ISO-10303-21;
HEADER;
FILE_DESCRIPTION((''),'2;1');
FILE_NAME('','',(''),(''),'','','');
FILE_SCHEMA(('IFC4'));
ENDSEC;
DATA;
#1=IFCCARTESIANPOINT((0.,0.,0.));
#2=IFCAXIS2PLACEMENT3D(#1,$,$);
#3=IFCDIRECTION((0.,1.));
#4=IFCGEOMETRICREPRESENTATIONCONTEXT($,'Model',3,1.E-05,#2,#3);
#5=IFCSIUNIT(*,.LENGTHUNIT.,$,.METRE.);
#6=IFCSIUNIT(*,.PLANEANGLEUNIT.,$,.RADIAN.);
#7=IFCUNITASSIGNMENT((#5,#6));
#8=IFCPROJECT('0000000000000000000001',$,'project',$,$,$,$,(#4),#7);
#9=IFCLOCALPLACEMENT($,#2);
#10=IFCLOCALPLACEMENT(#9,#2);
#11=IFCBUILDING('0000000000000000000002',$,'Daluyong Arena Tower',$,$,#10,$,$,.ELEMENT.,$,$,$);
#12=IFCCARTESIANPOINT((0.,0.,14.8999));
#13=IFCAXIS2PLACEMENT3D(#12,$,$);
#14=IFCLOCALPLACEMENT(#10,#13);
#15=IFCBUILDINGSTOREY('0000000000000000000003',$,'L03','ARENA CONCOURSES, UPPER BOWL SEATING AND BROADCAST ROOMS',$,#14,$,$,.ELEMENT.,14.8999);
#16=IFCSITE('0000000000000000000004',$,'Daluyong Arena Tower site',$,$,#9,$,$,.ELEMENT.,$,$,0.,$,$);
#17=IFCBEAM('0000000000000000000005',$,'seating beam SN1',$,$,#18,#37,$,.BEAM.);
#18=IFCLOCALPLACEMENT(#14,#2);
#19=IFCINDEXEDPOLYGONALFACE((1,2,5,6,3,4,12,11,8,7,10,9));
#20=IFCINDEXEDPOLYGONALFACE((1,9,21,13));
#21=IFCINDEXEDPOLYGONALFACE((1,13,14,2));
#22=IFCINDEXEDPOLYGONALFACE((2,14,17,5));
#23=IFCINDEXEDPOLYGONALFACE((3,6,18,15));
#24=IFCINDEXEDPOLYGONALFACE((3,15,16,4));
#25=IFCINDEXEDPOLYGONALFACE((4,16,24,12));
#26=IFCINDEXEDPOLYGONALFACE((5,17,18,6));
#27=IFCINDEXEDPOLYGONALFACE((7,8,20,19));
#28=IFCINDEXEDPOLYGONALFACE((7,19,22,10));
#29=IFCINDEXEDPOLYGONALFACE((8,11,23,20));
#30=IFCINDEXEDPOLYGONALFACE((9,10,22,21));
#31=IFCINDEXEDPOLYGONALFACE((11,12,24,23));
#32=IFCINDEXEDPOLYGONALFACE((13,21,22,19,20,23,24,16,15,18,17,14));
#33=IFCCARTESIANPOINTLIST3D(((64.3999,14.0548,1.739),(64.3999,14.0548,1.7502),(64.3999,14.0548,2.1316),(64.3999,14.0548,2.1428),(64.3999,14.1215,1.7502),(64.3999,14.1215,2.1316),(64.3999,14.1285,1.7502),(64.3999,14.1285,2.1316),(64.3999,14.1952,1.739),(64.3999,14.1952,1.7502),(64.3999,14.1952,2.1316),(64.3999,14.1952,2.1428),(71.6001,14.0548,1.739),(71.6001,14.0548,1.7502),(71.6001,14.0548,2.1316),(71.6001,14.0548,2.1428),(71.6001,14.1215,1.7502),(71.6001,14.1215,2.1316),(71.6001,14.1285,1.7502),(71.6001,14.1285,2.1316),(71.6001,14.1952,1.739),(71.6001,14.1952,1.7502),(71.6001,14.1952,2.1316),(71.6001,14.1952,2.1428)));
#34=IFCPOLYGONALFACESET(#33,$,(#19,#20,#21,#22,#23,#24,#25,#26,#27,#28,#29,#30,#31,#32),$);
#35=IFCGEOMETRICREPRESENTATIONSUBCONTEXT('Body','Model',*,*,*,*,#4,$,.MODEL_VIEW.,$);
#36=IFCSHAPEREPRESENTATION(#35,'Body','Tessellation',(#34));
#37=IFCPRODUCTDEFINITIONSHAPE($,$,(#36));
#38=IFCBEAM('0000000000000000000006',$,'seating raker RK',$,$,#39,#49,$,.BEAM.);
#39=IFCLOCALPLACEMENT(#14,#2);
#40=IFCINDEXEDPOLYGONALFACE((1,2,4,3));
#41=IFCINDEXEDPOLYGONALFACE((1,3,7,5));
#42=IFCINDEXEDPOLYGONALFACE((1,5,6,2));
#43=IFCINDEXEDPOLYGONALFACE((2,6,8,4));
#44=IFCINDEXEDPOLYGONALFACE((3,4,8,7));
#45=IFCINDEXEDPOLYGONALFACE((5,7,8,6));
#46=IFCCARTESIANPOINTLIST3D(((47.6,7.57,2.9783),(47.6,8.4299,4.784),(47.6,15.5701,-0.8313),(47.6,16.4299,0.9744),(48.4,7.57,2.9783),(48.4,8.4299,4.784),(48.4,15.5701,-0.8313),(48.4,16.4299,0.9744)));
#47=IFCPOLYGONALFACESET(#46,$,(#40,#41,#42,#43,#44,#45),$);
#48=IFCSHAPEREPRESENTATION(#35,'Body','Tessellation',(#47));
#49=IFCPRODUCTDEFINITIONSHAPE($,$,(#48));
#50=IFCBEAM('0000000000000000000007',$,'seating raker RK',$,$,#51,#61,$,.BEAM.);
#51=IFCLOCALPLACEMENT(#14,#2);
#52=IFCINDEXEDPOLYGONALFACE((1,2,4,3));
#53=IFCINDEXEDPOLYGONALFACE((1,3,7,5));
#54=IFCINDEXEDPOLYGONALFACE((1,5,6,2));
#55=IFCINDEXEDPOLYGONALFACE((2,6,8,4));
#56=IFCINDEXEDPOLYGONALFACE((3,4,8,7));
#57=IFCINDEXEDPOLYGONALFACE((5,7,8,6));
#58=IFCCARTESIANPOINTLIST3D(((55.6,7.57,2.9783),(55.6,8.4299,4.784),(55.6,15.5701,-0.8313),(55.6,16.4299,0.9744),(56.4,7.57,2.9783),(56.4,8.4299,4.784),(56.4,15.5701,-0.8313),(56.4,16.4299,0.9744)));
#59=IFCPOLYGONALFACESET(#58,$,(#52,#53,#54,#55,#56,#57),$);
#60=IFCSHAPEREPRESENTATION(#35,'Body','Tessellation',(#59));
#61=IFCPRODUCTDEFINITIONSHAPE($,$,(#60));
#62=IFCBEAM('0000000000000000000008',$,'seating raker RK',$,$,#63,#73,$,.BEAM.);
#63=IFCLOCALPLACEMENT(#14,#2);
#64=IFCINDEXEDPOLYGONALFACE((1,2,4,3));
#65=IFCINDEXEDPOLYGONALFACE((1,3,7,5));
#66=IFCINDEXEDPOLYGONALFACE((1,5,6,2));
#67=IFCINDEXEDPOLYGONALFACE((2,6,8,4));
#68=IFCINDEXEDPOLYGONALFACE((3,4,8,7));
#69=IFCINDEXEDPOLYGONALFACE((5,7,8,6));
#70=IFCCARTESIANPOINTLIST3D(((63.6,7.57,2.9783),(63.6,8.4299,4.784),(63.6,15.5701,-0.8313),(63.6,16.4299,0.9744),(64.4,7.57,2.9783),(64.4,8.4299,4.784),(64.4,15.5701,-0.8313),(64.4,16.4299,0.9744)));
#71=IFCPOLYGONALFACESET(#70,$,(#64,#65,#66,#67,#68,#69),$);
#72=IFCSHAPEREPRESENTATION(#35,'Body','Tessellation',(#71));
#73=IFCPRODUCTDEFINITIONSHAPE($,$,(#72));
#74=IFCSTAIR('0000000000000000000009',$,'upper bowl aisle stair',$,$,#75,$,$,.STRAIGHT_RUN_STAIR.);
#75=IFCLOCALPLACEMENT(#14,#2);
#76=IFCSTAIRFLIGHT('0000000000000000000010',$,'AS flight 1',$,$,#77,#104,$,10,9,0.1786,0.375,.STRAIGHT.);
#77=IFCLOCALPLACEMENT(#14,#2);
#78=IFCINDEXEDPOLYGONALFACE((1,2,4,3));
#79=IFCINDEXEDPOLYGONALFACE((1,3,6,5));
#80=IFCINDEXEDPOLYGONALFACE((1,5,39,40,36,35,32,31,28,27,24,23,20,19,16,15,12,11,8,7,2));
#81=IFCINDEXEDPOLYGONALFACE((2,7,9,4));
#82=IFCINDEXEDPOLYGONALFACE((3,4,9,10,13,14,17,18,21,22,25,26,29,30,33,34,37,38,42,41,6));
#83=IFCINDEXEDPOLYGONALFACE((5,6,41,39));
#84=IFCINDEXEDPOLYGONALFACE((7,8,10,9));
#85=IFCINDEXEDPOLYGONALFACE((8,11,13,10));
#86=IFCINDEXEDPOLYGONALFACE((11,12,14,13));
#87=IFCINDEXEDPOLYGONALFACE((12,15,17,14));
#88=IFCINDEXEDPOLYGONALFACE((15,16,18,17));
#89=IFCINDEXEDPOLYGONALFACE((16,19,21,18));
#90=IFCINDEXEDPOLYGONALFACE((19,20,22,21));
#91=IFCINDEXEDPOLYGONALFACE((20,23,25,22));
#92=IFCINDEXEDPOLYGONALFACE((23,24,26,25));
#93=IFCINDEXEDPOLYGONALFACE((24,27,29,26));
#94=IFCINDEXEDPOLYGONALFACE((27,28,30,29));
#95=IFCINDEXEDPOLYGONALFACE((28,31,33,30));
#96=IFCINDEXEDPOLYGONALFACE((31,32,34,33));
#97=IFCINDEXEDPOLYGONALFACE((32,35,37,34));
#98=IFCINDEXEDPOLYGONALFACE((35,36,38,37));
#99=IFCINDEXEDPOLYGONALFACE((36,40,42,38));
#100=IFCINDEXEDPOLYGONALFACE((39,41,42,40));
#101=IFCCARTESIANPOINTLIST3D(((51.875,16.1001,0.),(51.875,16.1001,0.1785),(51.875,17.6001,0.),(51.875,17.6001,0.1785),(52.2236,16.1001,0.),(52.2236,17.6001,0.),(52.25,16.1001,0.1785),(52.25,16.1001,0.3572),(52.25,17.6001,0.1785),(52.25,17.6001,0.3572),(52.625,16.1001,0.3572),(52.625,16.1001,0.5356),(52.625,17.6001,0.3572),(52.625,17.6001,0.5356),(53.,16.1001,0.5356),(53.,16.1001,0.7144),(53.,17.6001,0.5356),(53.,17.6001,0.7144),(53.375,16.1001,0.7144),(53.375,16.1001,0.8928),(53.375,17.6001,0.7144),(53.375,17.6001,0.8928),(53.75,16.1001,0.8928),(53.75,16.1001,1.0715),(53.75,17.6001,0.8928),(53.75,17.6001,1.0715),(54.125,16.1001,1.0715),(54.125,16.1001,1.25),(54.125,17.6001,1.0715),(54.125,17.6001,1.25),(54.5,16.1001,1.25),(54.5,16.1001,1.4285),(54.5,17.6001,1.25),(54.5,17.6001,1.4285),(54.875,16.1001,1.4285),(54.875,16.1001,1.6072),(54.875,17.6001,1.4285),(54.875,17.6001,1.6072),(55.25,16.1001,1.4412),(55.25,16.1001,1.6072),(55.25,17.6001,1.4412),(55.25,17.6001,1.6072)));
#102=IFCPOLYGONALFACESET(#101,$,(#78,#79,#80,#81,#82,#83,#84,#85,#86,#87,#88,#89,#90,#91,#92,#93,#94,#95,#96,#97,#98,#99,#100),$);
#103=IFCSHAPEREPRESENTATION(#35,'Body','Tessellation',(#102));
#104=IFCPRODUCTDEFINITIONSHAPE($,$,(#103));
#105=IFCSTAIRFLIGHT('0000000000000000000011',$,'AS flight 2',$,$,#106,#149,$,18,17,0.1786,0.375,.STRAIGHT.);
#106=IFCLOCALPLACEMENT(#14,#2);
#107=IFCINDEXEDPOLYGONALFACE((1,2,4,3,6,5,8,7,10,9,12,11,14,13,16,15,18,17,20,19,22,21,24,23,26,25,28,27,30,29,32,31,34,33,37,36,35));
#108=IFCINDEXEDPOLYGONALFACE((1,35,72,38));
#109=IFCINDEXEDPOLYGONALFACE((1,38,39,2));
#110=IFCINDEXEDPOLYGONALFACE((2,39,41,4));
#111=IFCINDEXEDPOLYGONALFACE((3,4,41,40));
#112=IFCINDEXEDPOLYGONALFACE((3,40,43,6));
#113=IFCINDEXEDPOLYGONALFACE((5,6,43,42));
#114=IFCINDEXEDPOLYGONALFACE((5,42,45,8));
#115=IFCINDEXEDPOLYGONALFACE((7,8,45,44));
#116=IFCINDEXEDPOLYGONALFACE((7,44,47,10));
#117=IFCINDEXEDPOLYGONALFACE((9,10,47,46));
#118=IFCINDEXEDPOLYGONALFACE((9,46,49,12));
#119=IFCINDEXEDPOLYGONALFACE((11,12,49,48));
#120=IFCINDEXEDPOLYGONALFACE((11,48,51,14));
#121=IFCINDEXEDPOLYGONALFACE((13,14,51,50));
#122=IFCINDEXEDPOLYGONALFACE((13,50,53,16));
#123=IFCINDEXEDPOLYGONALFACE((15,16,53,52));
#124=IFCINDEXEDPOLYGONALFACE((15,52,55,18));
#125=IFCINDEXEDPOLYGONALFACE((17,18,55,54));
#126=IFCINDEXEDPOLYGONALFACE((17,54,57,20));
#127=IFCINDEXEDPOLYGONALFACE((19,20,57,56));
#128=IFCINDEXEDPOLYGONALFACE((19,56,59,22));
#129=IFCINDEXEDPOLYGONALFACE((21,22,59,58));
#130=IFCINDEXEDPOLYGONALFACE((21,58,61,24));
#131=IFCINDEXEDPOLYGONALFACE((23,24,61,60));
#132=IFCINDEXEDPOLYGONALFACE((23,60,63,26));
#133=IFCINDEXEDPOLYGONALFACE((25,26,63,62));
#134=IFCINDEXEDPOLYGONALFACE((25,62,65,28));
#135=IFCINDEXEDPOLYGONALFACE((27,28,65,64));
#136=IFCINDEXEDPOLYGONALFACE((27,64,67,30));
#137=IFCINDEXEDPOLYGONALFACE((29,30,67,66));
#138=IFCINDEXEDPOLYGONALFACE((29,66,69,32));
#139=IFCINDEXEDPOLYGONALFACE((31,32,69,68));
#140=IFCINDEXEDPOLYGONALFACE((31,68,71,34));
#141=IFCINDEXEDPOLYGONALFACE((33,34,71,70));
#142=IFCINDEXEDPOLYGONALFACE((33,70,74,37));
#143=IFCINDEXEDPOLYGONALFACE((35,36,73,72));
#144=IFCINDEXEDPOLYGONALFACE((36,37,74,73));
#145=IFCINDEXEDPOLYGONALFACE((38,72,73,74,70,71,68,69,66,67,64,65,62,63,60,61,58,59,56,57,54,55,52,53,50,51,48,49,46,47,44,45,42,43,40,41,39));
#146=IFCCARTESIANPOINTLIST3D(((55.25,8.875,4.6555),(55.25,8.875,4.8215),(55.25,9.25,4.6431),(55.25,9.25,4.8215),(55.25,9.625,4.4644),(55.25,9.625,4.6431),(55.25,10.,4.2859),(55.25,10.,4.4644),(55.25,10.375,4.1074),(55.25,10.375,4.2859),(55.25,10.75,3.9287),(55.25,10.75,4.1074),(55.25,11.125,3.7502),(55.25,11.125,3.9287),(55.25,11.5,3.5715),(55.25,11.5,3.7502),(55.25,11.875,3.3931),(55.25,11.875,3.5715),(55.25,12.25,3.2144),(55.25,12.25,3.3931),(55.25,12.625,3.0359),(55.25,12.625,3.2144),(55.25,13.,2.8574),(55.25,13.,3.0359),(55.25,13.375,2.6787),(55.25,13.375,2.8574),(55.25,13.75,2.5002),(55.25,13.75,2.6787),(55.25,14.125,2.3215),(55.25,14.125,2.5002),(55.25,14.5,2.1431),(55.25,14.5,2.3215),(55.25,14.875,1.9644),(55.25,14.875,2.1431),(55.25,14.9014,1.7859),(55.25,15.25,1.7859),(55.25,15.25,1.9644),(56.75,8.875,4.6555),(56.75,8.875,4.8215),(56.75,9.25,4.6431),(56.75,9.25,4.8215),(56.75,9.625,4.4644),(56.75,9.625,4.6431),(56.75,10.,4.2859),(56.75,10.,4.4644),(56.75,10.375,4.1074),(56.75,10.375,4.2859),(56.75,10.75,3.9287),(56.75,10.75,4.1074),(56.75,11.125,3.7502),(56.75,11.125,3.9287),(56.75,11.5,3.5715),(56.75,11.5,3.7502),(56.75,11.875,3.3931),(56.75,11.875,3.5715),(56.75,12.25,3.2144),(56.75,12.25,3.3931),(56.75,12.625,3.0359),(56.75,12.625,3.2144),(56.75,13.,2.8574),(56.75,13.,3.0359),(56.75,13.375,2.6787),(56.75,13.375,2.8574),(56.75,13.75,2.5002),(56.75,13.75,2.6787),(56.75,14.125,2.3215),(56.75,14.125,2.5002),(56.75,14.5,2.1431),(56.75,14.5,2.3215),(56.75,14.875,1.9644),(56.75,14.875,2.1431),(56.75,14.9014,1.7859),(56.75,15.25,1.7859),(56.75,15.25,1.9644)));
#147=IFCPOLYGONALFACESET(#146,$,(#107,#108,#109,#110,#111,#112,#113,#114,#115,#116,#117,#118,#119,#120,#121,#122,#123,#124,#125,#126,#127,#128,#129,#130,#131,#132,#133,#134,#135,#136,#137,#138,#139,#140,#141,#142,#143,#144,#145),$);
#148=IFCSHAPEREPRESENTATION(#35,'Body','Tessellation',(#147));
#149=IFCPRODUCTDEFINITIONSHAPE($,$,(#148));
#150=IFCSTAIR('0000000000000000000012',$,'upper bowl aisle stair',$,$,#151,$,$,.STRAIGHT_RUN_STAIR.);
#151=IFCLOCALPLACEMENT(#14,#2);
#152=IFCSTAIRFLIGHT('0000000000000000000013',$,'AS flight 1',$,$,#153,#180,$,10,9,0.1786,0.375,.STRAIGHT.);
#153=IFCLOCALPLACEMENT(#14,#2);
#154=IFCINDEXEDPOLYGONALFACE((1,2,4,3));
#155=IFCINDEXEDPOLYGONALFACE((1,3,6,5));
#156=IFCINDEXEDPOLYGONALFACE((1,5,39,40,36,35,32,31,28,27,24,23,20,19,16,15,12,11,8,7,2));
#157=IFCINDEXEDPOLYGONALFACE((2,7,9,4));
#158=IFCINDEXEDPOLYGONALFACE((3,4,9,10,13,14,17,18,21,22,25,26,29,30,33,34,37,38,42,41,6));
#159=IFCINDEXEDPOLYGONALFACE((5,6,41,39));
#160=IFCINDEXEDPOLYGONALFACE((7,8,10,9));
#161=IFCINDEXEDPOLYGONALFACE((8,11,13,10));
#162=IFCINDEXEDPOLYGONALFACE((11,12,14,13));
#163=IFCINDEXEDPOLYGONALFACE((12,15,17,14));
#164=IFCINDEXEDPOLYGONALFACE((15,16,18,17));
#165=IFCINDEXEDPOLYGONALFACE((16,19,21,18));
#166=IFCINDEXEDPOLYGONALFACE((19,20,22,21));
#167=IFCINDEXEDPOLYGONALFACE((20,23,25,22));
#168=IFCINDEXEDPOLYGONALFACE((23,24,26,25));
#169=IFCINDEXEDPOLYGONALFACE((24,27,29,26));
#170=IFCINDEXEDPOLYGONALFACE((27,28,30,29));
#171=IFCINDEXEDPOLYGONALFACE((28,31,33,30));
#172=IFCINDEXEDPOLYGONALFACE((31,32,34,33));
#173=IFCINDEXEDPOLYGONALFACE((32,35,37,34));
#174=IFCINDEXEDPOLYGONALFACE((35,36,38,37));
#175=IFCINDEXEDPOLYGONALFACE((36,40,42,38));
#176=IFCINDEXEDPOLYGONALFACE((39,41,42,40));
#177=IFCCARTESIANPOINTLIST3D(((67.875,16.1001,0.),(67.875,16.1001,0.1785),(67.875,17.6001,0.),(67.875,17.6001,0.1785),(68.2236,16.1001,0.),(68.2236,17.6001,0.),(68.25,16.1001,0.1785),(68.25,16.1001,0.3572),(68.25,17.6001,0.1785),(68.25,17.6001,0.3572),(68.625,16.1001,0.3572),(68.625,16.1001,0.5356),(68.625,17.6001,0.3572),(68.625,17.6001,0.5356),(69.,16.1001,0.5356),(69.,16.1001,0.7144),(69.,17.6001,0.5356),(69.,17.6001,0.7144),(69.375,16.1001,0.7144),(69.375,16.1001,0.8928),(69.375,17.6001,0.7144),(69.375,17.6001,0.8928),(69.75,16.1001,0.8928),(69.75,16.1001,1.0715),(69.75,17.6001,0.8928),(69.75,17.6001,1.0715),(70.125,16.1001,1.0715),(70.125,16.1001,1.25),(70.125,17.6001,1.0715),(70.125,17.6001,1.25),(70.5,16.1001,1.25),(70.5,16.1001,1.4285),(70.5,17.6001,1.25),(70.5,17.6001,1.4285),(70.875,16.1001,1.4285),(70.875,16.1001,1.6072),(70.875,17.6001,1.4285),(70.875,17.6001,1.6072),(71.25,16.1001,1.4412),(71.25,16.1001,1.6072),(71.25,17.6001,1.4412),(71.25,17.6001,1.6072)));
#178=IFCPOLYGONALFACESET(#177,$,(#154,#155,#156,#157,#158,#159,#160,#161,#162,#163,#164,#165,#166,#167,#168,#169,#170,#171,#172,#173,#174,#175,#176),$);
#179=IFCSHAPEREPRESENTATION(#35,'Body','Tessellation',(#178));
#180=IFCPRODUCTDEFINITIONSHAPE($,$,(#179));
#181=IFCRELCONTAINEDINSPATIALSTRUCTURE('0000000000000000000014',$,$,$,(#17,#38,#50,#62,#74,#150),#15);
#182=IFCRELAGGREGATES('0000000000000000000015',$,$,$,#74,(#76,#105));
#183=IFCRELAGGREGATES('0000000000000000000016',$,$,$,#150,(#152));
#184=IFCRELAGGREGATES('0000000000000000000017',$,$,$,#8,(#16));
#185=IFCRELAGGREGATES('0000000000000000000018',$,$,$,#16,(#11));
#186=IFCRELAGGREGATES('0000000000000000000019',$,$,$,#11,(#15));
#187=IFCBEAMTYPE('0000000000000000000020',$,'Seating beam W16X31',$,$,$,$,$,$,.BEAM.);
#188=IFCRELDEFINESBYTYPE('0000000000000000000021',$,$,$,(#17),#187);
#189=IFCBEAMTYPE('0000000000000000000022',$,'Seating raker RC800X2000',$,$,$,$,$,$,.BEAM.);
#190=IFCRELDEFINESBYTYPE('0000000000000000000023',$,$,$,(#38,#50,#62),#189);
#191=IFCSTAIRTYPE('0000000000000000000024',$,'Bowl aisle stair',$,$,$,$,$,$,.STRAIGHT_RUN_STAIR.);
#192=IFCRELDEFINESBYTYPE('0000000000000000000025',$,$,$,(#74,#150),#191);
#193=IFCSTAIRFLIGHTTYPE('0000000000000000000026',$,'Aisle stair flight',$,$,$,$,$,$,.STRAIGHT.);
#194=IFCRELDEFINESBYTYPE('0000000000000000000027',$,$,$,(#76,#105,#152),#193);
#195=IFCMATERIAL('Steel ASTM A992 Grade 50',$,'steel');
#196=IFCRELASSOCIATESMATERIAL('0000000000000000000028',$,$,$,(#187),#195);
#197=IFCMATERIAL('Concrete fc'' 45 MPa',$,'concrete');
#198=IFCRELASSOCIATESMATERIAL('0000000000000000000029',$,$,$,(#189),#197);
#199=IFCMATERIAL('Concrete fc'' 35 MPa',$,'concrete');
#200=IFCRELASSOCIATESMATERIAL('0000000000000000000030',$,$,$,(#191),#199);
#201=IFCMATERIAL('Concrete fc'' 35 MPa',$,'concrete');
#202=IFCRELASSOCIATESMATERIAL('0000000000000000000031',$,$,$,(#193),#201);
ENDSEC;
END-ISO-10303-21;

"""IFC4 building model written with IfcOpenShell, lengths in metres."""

from ifc_helpers import new_model, si_unit, direction, frame, origin, origin_2d, place, context, subcontext, project, spatial, polyline, rectangle, i_section, outline, extrude, material, material_profile, profile_set, type_object, element, aggregate, save


model = new_model("IFC4")

# Units and contexts
model_context = context("Model", 3, precision=1e-05, world=origin(), true_north=direction((0.0, 1.0)))
body_context = subcontext(model_context, "Body", "Model", "MODEL_VIEW")
ifc_project = project(units=[si_unit("LENGTHUNIT", "METRE"), si_unit("PLANEANGLEUNIT", "RADIAN")], contexts=[model_context])

# Site, building, storey
site_placement = place(None, origin())
site = spatial("IfcSite", under=ifc_project, at=site_placement, Name="Daluyong Arena Tower site", CompositionType="ELEMENT", RefElevation=0.0)
building_placement = place(site_placement, origin())
building = spatial("IfcBuilding", under=site, at=building_placement, Name="Daluyong Arena Tower", CompositionType="ELEMENT")
storey_placement = place(building_placement, frame((0.0, 0.0, 14.8999)))
storey = spatial("IfcBuildingStorey", under=building, at=storey_placement, Name="L03", Description="ARENA CONCOURSES, UPPER BOWL SEATING AND BROADCAST ROOMS", CompositionType="ELEMENT", Elevation=14.8999)

# Beams
ifc_material_1 = material(Name="Steel ASTM A992 Grade 50", Category="steel")
ifc_material_profile_1 = material_profile(ifc_material_1, i_section(OverallWidth=0.1404, OverallDepth=0.4038, WebThickness=0.0071, FlangeThickness=0.0112, at=origin_2d()))
ifc_profile_set_1 = profile_set([ifc_material_profile_1], Name="Steel ASTM A992 Grade 50")
beam_type_1 = type_object("IfcBeamType", Name="Seating beam W16X31", PredefinedType="BEAM", material=ifc_profile_set_1)
for number, where, z_axis, x_axis, name in (
    (1, (64.3999, 14.125, 1.9409), (1.0, 0.0, 0.0), (0.0, 1.0, 0.0), "seating beam SN1"),
):
    element("IfcBeam", number, at=place(storey_placement, frame(where, z_axis=z_axis, x_axis=x_axis)), inside=storey, type_object=beam_type_1, Name=name, PredefinedType="BEAM", context=body_context, shape_type="SweptSolid", body=[
        extrude(i_section(OverallWidth=0.1404, OverallDepth=0.4038, WebThickness=0.0071, FlangeThickness=0.0112, at=origin_2d()), origin(), (0.0, 0.0, 1.0), 7.2002),
    ])
ifc_material_2 = material(Name="Concrete fc' 45 MPa", Category="concrete")
ifc_material_profile_2 = material_profile(ifc_material_2, rectangle(XDim=0.8, YDim=2.0, at=origin_2d()))
ifc_profile_set_2 = profile_set([ifc_material_profile_2], Name="Concrete fc' 45 MPa")
beam_type_2 = type_object("IfcBeamType", Name="Seating raker RC800X2000", PredefinedType="BEAM", material=ifc_profile_set_2)
for number, where, z_axis, x_axis, name in (
    (2, (48.0, 16.0, 0.0715), (0.0, -0.902858, 0.429938), (1.0, 0.0, 0.0), "seating raker RK"),
    (3, (56.0, 16.0, 0.0715), (0.0, -0.902858, 0.429938), (1.0, 0.0, 0.0), "seating raker RK"),
    (4, (64.0, 16.0, 0.0715), (0.0, -0.902858, 0.429938), (1.0, 0.0, 0.0), "seating raker RK"),
):
    element("IfcBeam", number, at=place(storey_placement, frame(where, z_axis=z_axis, x_axis=x_axis)), inside=storey, type_object=beam_type_2, Name=name, PredefinedType="BEAM", context=body_context, shape_type="SweptSolid", body=[
        extrude(rectangle(XDim=0.8, YDim=2.0, at=origin_2d()), origin(), (0.0, 0.0, 1.0), 8.8608),
    ])

# Stairs, stair flights
ifc_material_3 = material(Name="Concrete fc' 35 MPa", Category="concrete")
stair_type = type_object("IfcStairType", Name="Bowl aisle stair", PredefinedType="STRAIGHT_RUN_STAIR", material=ifc_material_3)
stair_1_placement = place(storey_placement, origin())
stair_1 = element("IfcStair", 5, at=stair_1_placement, inside=storey, type_object=stair_type, Name="upper bowl aisle stair", PredefinedType="STRAIGHT_RUN_STAIR")
ifc_material_4 = material(Name="Concrete fc' 35 MPa", Category="concrete")
stair_flight_type = type_object("IfcStairFlightType", Name="Aisle stair flight", PredefinedType="STRAIGHT", material=ifc_material_4)
stair_flight_1_placement = place(storey_placement, frame((51.875, 16.8501, 0.0), z_axis=(0.0, 0.0, 1.0), x_axis=(1.0, 0.0, 0.0)))
stair_flight_1 = element("IfcStairFlight", 6, at=stair_flight_1_placement, type_object=stair_flight_type, Name="AS flight 1", NumberOfRisers=10, NumberOfTreads=9, PredefinedType="STRAIGHT", RiserHeight=0.1786, TreadLength=0.375, context=body_context, shape_type="SweptSolid", body=[
    extrude(outline(polyline([(0.0, 0.0), (0.0, 0.1785), (0.375, 0.1785), (0.375, 0.3572), (0.75, 0.3572), (0.75, 0.5356), (1.125, 0.5356), (1.125, 0.7144), (1.5, 0.7144), (1.5, 0.8928), (1.875, 0.8928), (1.875, 1.0715), (2.25, 1.0715), (2.25, 1.25), (2.625, 1.25), (2.625, 1.4285), (3.0, 1.4285), (3.0, 1.6072), (3.375, 1.6072), (3.375, 1.7856), (3.375, 1.4412), (0.3486, 0.0), (0.0, 0.0)])), frame((0.0, 0.75, 0.0), z_axis=(0.0, -1.0, 0.0), x_axis=(1.0, 0.0, 0.0)), (0.0, 0.0, 1.0), 1.5),
])
stair_flight_2_placement = place(storey_placement, frame((56.0, 15.25, 1.7859), z_axis=(0.0, 0.0, 1.0), x_axis=(0.0, -1.0, 0.0)))
stair_flight_2 = element("IfcStairFlight", 7, at=stair_flight_2_placement, type_object=stair_flight_type, Name="AS flight 2", NumberOfRisers=18, NumberOfTreads=17, PredefinedType="STRAIGHT", RiserHeight=0.1786, TreadLength=0.375, context=body_context, shape_type="SweptSolid", body=[
    extrude(outline(polyline([(0.0, 0.0), (0.0, 0.1785), (0.375, 0.1785), (0.375, 0.3572), (0.75, 0.3572), (0.75, 0.5356), (1.125, 0.5356), (1.125, 0.7144), (1.5, 0.7144), (1.5, 0.8928), (1.875, 0.8928), (1.875, 1.0715), (2.25, 1.0715), (2.25, 1.25), (2.625, 1.25), (2.625, 1.4285), (3.0, 1.4285), (3.0, 1.6072), (3.375, 1.6072), (3.375, 1.7856), (3.75, 1.7856), (3.75, 1.9644), (4.125, 1.9644), (4.125, 2.1428), (4.5, 2.1428), (4.5, 2.3215), (4.875, 2.3215), (4.875, 2.5), (5.25, 2.5), (5.25, 2.6785), (5.625, 2.6785), (5.625, 2.8572), (6.0, 2.8572), (6.0, 3.0356), (6.375, 3.0356), (6.375, 3.2144), (6.375, 2.8696), (0.3486, 0.0), (0.0, 0.0)])), frame((0.0, 0.75, 0.0), z_axis=(0.0, -1.0, 0.0), x_axis=(1.0, 0.0, 0.0)), (0.0, 0.0, 1.0), 1.5),
])
aggregate(stair_1, [stair_flight_1, stair_flight_2])
stair_2_placement = place(storey_placement, origin())
stair_2 = element("IfcStair", 8, at=stair_2_placement, inside=storey, type_object=stair_type, Name="upper bowl aisle stair", PredefinedType="STRAIGHT_RUN_STAIR")
stair_flight_3_placement = place(storey_placement, frame((67.875, 16.8501, 0.0), z_axis=(0.0, 0.0, 1.0), x_axis=(1.0, 0.0, 0.0)))
stair_flight_3 = element("IfcStairFlight", 9, at=stair_flight_3_placement, type_object=stair_flight_type, Name="AS flight 1", NumberOfRisers=10, NumberOfTreads=9, PredefinedType="STRAIGHT", RiserHeight=0.1786, TreadLength=0.375, context=body_context, shape_type="SweptSolid", body=[
    extrude(outline(polyline([(0.0, 0.0), (0.0, 0.1785), (0.375, 0.1785), (0.375, 0.3572), (0.75, 0.3572), (0.75, 0.5356), (1.125, 0.5356), (1.125, 0.7144), (1.5, 0.7144), (1.5, 0.8928), (1.875, 0.8928), (1.875, 1.0715), (2.25, 1.0715), (2.25, 1.25), (2.625, 1.25), (2.625, 1.4285), (3.0, 1.4285), (3.0, 1.6072), (3.375, 1.6072), (3.375, 1.7856), (3.375, 1.4412), (0.3486, 0.0), (0.0, 0.0)])), frame((0.0, 0.75, 0.0), z_axis=(0.0, -1.0, 0.0), x_axis=(1.0, 0.0, 0.0)), (0.0, 0.0, 1.0), 1.5),
])
aggregate(stair_2, [stair_flight_3])

save(model, "model.ifc")
